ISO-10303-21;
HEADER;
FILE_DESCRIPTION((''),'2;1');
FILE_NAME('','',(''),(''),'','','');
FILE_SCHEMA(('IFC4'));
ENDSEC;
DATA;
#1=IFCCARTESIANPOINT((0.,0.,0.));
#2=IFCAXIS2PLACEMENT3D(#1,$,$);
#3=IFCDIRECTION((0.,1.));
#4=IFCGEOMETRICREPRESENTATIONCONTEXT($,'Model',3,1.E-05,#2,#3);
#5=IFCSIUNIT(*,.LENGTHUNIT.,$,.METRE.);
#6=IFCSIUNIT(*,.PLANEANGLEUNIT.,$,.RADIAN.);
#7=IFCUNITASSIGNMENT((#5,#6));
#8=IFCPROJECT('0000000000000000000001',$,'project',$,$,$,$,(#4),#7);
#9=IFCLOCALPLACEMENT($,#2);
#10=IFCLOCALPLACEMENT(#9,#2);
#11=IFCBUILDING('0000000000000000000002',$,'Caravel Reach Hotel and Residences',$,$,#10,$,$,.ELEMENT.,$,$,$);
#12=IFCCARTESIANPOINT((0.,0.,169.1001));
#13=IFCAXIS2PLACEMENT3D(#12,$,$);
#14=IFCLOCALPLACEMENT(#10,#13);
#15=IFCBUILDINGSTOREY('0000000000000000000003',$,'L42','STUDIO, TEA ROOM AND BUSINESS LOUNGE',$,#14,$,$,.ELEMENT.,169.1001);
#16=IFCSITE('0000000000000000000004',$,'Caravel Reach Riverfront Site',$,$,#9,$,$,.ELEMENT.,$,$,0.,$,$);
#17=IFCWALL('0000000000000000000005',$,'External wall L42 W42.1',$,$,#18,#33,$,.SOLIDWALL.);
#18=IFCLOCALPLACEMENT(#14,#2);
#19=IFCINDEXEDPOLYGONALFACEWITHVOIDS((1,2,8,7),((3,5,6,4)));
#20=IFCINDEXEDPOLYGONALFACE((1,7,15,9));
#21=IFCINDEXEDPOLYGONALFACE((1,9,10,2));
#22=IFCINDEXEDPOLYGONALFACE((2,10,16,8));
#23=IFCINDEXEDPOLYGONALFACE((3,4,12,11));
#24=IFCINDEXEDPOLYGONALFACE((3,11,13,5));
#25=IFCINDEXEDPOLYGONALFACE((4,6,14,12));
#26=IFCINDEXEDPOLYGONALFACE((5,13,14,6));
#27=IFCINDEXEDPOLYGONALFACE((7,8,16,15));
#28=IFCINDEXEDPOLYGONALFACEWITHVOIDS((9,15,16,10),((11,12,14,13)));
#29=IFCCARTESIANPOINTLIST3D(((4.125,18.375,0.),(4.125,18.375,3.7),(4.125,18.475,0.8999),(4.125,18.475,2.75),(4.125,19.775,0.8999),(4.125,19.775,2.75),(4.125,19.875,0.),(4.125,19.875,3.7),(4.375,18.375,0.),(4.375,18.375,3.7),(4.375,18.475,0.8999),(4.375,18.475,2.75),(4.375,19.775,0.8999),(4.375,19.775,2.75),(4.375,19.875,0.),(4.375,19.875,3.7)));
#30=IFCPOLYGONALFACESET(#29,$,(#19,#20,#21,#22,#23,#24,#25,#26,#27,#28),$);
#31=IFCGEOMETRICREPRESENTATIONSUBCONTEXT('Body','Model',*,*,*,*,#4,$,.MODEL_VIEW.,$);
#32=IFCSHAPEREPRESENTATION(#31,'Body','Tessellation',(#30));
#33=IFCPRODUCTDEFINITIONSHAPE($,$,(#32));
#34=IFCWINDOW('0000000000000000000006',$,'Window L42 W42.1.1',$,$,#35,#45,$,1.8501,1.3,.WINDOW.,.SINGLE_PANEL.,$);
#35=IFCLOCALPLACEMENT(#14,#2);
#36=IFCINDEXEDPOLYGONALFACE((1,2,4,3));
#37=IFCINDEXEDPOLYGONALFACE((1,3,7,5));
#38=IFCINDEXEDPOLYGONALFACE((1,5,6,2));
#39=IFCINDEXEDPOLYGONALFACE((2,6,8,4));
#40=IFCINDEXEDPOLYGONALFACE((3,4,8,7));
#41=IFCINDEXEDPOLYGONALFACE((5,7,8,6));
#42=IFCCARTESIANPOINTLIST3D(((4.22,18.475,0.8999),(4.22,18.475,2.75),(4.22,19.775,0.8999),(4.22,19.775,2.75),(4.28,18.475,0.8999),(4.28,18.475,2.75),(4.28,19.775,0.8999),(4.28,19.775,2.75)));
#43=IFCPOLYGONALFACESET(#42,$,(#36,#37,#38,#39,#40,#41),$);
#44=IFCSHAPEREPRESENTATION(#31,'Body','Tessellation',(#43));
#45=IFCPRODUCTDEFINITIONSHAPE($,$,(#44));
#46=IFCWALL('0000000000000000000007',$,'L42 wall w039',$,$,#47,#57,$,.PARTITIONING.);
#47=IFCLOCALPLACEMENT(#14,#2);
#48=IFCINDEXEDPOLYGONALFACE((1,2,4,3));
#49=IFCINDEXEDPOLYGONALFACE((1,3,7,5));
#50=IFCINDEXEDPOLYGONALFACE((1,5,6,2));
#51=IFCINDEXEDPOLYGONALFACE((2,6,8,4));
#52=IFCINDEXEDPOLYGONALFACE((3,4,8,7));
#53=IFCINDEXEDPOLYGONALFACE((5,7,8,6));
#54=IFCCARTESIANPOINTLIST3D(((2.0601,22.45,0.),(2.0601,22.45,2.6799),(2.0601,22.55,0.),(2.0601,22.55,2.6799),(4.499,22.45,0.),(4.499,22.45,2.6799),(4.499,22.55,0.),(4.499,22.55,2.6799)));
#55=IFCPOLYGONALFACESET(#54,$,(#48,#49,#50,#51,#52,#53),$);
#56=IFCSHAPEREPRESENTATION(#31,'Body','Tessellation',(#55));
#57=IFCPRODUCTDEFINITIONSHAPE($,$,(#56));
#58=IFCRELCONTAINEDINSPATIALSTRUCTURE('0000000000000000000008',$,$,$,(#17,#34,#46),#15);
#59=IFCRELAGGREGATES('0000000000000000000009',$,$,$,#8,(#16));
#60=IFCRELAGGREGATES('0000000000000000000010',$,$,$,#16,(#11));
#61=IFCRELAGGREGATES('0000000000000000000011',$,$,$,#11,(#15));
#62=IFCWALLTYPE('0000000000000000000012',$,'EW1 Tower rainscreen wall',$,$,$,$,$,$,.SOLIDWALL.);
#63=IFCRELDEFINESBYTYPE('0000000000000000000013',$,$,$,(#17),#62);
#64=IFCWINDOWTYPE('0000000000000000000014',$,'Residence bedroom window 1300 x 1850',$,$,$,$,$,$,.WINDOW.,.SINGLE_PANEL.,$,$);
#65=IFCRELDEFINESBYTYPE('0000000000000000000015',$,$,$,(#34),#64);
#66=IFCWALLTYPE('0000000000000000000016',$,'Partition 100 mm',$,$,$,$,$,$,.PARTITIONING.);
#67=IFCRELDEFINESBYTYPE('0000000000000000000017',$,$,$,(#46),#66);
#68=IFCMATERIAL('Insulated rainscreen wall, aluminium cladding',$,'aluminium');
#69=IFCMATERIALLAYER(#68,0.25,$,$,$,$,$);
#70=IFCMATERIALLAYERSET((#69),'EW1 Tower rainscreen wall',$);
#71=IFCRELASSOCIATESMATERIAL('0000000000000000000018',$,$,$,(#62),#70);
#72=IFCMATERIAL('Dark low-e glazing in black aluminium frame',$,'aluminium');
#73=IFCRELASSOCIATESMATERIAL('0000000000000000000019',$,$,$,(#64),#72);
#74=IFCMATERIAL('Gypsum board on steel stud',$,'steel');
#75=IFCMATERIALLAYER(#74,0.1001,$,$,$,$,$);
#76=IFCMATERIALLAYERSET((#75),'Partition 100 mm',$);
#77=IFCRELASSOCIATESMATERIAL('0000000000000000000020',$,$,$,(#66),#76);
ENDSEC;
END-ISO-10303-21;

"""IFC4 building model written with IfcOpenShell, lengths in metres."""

from ifc_helpers import new_model, si_unit, direction, frame, frame_2d, origin, place, context, subcontext, project, spatial, rectangle, extrude, material, layer, layer_set, type_object, element, fill, save


model = new_model("IFC4")

# Units and contexts
model_context = context("Model", 3, precision=1e-05, world=origin(), true_north=direction((0.0, 1.0)))
body_context = subcontext(model_context, "Body", "Model", "MODEL_VIEW")
ifc_project = project(units=[si_unit("LENGTHUNIT", "METRE"), si_unit("PLANEANGLEUNIT", "RADIAN")], contexts=[model_context])

# Site, building, storey
site_placement = place(None, origin())
site = spatial("IfcSite", under=ifc_project, at=site_placement, Name="Caravel Reach Riverfront Site", CompositionType="ELEMENT", RefElevation=0.0)
building_placement = place(site_placement, origin())
building = spatial("IfcBuilding", under=site, at=building_placement, Name="Caravel Reach Hotel and Residences", CompositionType="ELEMENT")
storey_placement = place(building_placement, frame((0.0, 0.0, 169.1001)))
storey = spatial("IfcBuildingStorey", under=building, at=storey_placement, Name="L42", Description="STUDIO, TEA ROOM AND BUSINESS LOUNGE", CompositionType="ELEMENT", Elevation=169.1001)

# Wall, opening, window
ifc_material_1 = material(Name="Insulated rainscreen wall, aluminium cladding", Category="aluminium")
ifc_layer_1 = layer(ifc_material_1, 0.25)
ifc_layer_set_1 = layer_set([ifc_layer_1], Name="EW1 Tower rainscreen wall")
wall_type_1 = type_object("IfcWallType", Name="EW1 Tower rainscreen wall", PredefinedType="SOLIDWALL", material=ifc_layer_set_1)
ifc_material_2 = material(Name="Dark low-e glazing in black aluminium frame", Category="aluminium")
window_type = type_object("IfcWindowType", Name="Residence bedroom window 1300 x 1850", PartitioningType="SINGLE_PANEL", PredefinedType="WINDOW", material=ifc_material_2)
wall_1_placement = place(storey_placement, frame((4.25, 19.875, 0.0), z_axis=(0.0, 0.0, 1.0), x_axis=(0.0, -1.0, 0.0)))
wall_1 = element("IfcWall", 1, at=wall_1_placement, inside=storey, type_object=wall_type_1, Name="External wall L42 W42.1", PredefinedType="SOLIDWALL", context=body_context, shape_type="SweptSolid", body=[
    extrude(rectangle(XDim=1.5, YDim=0.25, at=frame_2d((0.75, 0.0))), origin(), (0.0, 0.0, 1.0), 3.7),
])
opening_1_placement = place(wall_1_placement, frame((0.1001, 0.0, 0.8999)))
opening_1 = element("IfcOpeningElement", 2, at=opening_1_placement, cuts=wall_1, PredefinedType="OPENING", context=body_context, shape_type="SweptSolid", body=[
    extrude(rectangle(XDim=1.3, YDim=1.8501, at=frame_2d((0.6499, 0.925))), frame((0.0, 0.135, 0.0), z_axis=(0.0, -1.0, 0.0), x_axis=(1.0, 0.0, 0.0)), (0.0, 0.0, 1.0), 0.27),
])
window_1_placement = place(opening_1_placement, origin())
window_1 = element("IfcWindow", 3, at=window_1_placement, inside=storey, type_object=window_type, Name="Window L42 W42.1.1", OverallHeight=1.8501, OverallWidth=1.3, PartitioningType="SINGLE_PANEL", PredefinedType="WINDOW", context=body_context, shape_type="SweptSolid", body=[
    extrude(rectangle(XDim=1.3, YDim=1.8501, at=frame_2d((0.6499, 0.925))), frame((0.0, 0.03, 0.0), z_axis=(0.0, -1.0, 0.0), x_axis=(1.0, 0.0, 0.0)), (0.0, 0.0, 1.0), 0.0601),
])
fill(opening_1, window_1)

# Wall
ifc_material_3 = material(Name="Gypsum board on steel stud", Category="steel")
ifc_layer_2 = layer(ifc_material_3, 0.1001)
ifc_layer_set_2 = layer_set([ifc_layer_2], Name="Partition 100 mm")
wall_type_2 = type_object("IfcWallType", Name="Partition 100 mm", PredefinedType="PARTITIONING", material=ifc_layer_set_2)
wall_2_placement = place(storey_placement, frame((2.0601, 22.5, 0.0), z_axis=(0.0, 0.0, 1.0), x_axis=(1.0, 0.0, 0.0)))
element("IfcWall", 4, at=wall_2_placement, inside=storey, type_object=wall_type_2, Name="L42 wall w039", PredefinedType="PARTITIONING", context=body_context, shape_type="SweptSolid", body=[
    extrude(rectangle(XDim=2.439, YDim=0.1001, at=frame_2d((1.2195, 0.0))), origin(), (0.0, 0.0, 1.0), 2.6799),
])

save(model, "model.ifc")
